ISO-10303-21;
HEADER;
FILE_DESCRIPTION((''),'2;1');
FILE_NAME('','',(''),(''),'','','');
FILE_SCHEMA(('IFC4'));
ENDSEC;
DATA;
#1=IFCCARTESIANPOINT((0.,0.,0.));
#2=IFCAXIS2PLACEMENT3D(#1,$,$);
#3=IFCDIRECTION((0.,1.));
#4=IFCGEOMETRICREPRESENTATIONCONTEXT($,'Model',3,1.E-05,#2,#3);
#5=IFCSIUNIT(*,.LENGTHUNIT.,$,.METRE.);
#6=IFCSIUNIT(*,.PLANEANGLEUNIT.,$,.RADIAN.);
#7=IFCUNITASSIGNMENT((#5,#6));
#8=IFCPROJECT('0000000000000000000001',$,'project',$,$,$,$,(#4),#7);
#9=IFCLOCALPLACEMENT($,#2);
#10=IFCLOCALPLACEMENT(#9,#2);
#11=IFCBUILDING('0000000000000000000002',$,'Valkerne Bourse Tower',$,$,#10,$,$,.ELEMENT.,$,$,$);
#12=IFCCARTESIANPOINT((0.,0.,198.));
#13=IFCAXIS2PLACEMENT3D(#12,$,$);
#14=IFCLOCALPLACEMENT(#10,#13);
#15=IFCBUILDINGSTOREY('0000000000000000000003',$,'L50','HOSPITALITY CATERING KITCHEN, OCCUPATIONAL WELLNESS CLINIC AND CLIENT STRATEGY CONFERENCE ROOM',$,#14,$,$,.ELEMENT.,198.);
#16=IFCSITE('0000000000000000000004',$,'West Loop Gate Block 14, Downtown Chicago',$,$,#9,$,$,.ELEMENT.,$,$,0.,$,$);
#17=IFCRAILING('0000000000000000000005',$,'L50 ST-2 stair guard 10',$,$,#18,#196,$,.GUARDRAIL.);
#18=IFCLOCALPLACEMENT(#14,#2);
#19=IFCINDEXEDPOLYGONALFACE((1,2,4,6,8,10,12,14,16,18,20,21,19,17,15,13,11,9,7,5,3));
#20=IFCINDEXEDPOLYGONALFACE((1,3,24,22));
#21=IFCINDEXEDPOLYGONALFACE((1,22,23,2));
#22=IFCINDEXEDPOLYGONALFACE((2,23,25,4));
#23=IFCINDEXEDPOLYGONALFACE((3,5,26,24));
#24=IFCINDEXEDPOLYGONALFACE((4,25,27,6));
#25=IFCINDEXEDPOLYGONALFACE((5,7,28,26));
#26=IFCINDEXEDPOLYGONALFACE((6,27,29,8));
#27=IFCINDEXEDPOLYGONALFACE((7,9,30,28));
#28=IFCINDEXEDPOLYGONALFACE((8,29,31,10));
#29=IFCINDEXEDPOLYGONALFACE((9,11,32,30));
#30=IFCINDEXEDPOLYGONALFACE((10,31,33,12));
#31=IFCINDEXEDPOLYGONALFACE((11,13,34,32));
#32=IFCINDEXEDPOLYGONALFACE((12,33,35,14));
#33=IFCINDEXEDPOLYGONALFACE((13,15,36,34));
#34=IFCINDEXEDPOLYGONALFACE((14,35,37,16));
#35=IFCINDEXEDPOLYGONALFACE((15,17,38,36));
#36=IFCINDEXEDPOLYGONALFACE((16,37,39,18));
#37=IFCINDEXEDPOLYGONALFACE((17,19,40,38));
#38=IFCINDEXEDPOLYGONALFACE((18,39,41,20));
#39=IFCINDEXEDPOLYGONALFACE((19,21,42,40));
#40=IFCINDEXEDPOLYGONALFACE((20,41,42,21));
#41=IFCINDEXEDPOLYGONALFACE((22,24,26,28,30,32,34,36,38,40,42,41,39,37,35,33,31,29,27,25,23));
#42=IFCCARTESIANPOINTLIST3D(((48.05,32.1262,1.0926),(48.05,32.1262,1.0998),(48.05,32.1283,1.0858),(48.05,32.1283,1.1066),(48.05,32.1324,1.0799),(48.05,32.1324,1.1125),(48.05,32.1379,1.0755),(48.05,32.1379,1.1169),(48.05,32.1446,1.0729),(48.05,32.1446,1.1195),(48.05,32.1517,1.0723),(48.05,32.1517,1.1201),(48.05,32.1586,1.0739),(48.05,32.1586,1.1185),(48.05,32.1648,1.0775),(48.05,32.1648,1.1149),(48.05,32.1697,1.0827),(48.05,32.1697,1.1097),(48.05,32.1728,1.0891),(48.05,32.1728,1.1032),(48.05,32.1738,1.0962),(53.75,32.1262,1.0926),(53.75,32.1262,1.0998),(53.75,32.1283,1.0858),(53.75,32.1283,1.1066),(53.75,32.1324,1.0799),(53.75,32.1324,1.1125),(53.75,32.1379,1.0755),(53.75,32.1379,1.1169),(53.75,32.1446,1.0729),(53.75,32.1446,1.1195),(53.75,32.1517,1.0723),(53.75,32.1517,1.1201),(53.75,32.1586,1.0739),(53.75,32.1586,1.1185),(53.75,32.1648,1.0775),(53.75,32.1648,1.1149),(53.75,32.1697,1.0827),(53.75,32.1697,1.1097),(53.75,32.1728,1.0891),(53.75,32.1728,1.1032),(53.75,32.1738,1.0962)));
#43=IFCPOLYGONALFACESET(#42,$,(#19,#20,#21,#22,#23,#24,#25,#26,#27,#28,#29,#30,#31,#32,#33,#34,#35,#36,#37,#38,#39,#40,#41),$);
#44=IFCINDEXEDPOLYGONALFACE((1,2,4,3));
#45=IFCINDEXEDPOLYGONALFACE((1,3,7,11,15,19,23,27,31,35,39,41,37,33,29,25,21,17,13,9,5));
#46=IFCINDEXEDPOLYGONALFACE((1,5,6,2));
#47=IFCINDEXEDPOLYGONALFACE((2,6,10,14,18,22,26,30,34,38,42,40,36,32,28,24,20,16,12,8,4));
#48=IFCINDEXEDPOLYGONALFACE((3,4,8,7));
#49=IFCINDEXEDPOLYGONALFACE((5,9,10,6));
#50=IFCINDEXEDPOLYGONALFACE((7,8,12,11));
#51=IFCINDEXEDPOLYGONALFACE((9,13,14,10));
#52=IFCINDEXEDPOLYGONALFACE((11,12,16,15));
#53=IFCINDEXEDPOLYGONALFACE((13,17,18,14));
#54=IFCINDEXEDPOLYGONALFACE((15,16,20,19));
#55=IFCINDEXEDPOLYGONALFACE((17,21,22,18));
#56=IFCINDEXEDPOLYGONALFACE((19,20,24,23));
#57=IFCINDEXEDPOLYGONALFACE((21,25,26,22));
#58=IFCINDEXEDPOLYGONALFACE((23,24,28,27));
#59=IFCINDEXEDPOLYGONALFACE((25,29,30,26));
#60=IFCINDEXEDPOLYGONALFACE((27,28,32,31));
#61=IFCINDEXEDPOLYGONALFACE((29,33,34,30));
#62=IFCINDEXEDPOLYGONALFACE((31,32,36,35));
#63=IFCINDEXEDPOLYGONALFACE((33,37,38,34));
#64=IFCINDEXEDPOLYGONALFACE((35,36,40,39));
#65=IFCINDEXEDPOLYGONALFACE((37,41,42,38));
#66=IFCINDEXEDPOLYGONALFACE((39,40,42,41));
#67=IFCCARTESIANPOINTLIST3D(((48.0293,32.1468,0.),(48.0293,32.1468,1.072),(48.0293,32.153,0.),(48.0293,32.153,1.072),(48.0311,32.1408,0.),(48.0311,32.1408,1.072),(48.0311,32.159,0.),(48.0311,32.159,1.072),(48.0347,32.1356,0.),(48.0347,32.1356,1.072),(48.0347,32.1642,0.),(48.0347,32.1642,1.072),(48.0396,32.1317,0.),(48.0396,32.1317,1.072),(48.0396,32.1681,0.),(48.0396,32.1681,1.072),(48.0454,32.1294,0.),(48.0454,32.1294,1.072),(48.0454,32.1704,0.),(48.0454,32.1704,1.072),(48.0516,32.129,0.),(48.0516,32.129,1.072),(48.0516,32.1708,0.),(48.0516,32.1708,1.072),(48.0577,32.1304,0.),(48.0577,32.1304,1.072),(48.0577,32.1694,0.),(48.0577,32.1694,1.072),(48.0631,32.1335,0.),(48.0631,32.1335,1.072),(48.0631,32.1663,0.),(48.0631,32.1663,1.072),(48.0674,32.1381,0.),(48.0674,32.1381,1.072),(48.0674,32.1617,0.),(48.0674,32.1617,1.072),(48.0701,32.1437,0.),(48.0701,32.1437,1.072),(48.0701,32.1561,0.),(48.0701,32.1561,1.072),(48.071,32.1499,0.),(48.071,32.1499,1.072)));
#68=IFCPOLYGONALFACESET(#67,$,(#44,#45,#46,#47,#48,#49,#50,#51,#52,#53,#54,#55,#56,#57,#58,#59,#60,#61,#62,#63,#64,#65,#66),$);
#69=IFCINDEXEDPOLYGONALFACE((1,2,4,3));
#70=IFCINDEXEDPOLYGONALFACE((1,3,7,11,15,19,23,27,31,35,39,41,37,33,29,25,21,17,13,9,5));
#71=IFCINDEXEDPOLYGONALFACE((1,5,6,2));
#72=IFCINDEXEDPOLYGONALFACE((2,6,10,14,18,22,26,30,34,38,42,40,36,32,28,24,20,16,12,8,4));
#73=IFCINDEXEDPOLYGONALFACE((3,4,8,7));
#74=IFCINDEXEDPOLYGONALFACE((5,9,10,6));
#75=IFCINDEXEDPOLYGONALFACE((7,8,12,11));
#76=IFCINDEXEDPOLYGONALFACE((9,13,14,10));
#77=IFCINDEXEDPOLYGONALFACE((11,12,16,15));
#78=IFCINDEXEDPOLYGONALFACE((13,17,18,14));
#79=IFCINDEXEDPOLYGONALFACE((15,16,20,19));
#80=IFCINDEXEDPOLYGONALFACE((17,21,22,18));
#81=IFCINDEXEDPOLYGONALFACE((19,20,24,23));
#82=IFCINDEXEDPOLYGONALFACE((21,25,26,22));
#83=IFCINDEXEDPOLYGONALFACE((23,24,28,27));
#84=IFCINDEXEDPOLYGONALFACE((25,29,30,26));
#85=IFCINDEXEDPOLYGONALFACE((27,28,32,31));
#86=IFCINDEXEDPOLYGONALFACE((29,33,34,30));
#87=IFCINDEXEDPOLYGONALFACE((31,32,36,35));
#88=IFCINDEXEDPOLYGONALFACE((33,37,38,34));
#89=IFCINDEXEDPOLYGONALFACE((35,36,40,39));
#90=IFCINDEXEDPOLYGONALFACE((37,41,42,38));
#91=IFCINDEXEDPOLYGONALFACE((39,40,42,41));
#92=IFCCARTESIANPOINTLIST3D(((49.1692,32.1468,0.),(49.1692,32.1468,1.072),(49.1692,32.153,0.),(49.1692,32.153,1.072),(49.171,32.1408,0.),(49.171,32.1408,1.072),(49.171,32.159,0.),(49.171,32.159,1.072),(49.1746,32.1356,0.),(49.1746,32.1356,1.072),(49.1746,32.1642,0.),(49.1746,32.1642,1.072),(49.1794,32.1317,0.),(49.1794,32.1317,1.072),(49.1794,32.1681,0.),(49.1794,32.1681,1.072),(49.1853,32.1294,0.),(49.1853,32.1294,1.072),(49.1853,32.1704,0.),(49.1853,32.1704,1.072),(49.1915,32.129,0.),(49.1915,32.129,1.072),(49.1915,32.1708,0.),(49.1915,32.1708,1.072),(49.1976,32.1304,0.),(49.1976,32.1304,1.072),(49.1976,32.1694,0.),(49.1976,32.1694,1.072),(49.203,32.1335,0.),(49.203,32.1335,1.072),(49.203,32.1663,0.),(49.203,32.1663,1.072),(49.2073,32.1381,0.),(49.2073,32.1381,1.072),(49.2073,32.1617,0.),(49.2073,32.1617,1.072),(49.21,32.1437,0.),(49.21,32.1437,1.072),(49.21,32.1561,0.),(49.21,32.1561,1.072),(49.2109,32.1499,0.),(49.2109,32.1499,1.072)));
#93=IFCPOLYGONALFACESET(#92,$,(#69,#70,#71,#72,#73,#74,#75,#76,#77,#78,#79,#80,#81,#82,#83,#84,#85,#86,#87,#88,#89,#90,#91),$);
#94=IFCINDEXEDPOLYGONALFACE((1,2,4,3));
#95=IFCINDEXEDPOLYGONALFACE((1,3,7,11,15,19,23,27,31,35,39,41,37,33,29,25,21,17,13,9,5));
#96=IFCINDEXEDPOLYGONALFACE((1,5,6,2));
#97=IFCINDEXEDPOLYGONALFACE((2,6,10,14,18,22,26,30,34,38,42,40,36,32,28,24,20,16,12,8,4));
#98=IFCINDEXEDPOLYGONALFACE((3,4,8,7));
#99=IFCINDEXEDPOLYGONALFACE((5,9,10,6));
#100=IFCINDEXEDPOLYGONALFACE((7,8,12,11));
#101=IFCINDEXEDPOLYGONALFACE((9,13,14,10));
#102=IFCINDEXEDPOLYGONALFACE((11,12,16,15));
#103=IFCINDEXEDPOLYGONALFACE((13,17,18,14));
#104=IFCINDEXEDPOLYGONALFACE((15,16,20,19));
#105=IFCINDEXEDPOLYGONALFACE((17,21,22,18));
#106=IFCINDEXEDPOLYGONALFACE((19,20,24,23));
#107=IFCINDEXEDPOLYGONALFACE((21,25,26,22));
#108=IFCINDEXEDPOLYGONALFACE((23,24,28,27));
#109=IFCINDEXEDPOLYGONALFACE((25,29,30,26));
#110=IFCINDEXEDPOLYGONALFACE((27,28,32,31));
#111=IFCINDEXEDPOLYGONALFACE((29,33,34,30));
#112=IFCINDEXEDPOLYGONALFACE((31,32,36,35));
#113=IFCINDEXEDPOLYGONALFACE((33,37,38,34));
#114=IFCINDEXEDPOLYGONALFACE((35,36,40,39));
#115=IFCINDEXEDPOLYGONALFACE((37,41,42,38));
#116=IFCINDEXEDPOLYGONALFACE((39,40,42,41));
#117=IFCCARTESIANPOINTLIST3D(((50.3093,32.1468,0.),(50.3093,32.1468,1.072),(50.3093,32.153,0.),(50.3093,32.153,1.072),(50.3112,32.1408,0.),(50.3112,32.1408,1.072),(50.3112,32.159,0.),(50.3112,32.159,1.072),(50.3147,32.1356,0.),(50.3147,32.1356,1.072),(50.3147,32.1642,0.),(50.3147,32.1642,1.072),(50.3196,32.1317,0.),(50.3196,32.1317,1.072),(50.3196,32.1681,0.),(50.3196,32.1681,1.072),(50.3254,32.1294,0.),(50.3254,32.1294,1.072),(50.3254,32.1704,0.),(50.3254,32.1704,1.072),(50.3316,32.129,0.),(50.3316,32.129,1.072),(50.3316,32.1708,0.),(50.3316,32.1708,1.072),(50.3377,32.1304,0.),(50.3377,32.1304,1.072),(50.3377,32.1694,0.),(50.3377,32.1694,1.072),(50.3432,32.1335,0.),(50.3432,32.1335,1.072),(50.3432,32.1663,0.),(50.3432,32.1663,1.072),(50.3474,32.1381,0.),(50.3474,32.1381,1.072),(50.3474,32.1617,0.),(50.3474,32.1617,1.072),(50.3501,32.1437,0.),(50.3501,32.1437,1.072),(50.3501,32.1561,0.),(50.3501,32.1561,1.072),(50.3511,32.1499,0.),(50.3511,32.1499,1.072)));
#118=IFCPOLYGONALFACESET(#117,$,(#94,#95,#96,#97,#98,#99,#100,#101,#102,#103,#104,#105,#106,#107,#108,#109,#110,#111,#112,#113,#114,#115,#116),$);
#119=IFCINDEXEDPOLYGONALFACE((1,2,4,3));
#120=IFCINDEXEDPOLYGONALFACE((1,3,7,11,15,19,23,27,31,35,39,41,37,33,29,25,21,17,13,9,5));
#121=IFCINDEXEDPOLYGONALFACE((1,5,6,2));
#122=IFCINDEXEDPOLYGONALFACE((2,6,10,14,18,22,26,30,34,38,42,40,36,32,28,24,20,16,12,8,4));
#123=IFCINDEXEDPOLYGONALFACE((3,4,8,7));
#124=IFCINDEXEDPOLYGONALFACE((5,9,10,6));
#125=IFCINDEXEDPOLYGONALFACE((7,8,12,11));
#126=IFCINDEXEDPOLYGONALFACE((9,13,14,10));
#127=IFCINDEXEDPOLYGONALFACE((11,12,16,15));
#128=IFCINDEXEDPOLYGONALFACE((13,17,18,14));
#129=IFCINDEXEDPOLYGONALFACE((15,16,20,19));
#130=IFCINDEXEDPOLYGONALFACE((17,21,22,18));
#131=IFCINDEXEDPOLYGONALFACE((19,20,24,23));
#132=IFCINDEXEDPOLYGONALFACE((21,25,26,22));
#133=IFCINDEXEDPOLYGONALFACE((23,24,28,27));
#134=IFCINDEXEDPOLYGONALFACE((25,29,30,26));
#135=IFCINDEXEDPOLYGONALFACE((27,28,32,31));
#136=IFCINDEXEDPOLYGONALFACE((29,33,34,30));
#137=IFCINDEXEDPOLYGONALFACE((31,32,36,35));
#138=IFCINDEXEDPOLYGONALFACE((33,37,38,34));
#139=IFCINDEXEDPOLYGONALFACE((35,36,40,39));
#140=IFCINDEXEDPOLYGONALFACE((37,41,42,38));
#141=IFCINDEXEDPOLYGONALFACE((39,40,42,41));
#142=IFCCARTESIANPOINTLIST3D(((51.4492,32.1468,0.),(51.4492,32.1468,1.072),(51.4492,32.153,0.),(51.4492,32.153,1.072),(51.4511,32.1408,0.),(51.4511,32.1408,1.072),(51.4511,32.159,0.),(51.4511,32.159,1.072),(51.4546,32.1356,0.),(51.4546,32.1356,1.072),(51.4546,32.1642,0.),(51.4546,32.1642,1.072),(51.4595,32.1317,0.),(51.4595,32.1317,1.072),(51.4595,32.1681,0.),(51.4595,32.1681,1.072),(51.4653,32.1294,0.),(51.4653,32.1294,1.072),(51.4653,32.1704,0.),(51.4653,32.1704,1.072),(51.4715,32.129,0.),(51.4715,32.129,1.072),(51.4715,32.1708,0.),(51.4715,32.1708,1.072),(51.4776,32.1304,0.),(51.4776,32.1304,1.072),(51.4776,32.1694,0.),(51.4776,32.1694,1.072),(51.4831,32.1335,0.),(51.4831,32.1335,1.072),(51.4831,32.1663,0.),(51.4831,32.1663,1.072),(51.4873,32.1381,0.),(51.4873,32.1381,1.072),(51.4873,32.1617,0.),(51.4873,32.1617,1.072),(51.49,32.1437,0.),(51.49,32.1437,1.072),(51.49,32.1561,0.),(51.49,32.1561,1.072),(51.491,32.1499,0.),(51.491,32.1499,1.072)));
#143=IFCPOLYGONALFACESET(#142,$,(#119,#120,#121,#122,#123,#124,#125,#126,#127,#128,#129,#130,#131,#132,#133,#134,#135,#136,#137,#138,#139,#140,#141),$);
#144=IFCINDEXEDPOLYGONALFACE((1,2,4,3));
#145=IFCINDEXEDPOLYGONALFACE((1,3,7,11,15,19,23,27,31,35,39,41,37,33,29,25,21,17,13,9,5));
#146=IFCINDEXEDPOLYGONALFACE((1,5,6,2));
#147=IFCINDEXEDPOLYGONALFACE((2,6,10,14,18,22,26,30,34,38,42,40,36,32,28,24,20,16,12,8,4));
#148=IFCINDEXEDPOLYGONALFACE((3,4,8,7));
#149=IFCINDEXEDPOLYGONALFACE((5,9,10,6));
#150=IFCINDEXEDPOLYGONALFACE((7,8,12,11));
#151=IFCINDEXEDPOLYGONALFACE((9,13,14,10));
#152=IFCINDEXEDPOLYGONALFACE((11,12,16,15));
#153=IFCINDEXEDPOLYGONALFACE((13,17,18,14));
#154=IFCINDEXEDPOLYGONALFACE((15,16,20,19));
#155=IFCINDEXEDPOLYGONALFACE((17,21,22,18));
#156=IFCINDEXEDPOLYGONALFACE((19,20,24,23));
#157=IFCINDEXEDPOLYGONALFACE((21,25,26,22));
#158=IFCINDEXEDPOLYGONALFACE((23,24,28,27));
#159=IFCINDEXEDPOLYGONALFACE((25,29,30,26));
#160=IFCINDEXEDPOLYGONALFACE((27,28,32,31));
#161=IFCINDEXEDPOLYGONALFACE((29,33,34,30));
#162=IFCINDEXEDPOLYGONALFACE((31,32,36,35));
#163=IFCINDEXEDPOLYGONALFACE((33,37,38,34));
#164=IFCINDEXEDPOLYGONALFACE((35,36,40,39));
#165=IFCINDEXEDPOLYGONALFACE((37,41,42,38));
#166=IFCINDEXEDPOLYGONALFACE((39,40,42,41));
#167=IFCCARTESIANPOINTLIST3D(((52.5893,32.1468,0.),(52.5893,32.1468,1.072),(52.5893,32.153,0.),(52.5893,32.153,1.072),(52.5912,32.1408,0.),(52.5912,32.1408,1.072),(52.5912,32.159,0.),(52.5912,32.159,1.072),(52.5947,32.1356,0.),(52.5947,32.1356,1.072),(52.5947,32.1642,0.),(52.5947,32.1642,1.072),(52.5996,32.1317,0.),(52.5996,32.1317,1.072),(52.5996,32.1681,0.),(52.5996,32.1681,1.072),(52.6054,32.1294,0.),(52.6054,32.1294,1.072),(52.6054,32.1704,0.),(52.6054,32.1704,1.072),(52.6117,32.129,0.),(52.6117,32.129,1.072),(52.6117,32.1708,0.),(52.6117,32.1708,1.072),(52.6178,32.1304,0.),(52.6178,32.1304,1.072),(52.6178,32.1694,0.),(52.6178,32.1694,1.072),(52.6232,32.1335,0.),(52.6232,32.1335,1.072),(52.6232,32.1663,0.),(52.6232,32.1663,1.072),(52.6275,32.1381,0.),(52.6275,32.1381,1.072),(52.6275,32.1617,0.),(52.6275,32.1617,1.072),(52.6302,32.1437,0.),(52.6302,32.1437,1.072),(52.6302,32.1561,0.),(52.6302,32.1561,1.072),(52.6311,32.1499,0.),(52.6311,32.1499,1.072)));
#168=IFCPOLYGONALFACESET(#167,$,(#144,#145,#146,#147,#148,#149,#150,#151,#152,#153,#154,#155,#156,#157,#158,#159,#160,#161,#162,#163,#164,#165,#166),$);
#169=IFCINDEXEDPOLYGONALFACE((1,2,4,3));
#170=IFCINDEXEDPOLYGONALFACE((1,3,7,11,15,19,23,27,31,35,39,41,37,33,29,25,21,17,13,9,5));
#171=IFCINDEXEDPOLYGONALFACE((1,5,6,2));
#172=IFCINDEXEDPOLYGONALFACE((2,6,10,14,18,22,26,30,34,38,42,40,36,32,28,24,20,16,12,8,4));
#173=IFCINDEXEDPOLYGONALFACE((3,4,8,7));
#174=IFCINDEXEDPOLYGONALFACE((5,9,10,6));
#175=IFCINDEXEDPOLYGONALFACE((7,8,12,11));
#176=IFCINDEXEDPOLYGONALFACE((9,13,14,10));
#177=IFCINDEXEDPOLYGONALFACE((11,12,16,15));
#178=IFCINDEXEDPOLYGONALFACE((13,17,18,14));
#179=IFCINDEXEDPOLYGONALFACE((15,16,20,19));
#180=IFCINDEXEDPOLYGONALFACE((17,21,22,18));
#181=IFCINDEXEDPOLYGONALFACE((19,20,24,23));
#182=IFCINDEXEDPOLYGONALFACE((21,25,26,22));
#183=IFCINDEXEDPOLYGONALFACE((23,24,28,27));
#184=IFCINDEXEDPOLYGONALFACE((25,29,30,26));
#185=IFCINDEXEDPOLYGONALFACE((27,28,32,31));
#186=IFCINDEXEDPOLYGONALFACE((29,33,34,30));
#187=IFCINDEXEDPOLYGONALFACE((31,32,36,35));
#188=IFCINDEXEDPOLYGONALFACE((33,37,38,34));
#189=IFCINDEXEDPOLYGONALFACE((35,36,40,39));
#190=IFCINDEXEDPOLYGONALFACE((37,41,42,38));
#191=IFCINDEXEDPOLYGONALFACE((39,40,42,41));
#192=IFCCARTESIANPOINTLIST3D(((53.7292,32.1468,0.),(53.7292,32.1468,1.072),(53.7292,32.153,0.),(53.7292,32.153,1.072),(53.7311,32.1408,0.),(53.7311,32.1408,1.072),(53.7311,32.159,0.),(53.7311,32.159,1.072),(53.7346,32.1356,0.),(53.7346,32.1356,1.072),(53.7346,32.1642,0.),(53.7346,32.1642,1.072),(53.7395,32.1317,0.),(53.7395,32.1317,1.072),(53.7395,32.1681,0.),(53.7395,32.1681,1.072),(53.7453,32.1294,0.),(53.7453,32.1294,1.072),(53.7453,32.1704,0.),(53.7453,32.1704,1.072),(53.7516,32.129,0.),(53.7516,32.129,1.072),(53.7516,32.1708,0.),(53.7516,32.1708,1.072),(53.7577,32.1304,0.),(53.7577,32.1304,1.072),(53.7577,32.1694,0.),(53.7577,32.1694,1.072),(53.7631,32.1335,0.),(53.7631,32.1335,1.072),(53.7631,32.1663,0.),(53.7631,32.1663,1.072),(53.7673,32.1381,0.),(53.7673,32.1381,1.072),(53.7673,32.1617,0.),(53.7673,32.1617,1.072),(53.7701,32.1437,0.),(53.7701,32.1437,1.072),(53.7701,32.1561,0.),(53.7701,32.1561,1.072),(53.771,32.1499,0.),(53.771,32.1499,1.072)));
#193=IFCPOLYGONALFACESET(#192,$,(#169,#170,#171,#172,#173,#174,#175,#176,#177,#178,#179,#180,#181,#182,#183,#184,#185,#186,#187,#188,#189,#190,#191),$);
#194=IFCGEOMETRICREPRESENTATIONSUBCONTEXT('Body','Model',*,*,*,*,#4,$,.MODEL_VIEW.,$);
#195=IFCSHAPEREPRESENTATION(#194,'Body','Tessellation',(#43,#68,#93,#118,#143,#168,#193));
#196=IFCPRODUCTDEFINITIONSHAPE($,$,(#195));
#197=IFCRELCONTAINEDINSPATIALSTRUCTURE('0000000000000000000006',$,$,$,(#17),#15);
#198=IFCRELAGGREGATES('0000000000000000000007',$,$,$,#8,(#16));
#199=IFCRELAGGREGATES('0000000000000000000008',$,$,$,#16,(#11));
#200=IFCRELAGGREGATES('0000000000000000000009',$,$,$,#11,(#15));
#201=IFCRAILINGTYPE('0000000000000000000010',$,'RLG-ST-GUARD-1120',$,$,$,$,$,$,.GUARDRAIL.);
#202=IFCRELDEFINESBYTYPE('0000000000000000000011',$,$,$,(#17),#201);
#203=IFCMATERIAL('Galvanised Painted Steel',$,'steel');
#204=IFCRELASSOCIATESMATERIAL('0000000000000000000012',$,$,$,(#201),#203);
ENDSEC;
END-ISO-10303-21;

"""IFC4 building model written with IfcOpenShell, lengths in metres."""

from ifc_helpers import new_model, si_unit, direction, frame, origin, origin_2d, place, context, subcontext, project, spatial, circle, extrude, material, type_object, element, save


model = new_model("IFC4")

# Units and contexts
model_context = context("Model", 3, precision=1e-05, world=origin(), true_north=direction((0.0, 1.0)))
body_context = subcontext(model_context, "Body", "Model", "MODEL_VIEW")
ifc_project = project(units=[si_unit("LENGTHUNIT", "METRE"), si_unit("PLANEANGLEUNIT", "RADIAN")], contexts=[model_context])

# Site, building, storey
site_placement = place(None, origin())
site = spatial("IfcSite", under=ifc_project, at=site_placement, Name="West Loop Gate Block 14, Downtown Chicago", CompositionType="ELEMENT", RefElevation=0.0)
building_placement = place(site_placement, origin())
building = spatial("IfcBuilding", under=site, at=building_placement, Name="Valkerne Bourse Tower", CompositionType="ELEMENT")
storey_placement = place(building_placement, frame((0.0, 0.0, 198.0)))
storey = spatial("IfcBuildingStorey", under=building, at=storey_placement, Name="L50", Description="HOSPITALITY CATERING KITCHEN, OCCUPATIONAL WELLNESS CLINIC AND CLIENT STRATEGY CONFERENCE ROOM", CompositionType="ELEMENT", Elevation=198.0)

# Shared definitions
ifc_material_1 = material(Name="Galvanised Painted Steel", Category="steel")

# Railing
railing_type_1 = type_object("IfcRailingType", Name="RLG-ST-GUARD-1120", PredefinedType="GUARDRAIL", material=ifc_material_1)
for number, where, name in (
    (1, (48.05, 32.1499, 0.0), "L50 ST-2 stair guard 10"),
):
    element("IfcRailing", number, at=place(storey_placement, frame(where)), inside=storey, type_object=railing_type_1, Name=name, PredefinedType="GUARDRAIL", context=body_context, shape_type="SweptSolid", body=[
        extrude(circle(Radius=0.0239, at=origin_2d()), frame((0.0, 0.0, 1.0962), z_axis=(1.0, 0.0, 0.0), x_axis=(0.0, 1.0, 0.0)), (0.0, 0.0, 1.0), 5.7),
        extrude(circle(Radius=0.021, at=origin_2d()), origin(), (0.0, 0.0, 1.0), 1.072),
        extrude(circle(Radius=0.021, at=origin_2d()), frame((1.1399, 0.0, 0.0)), (0.0, 0.0, 1.0), 1.072),
        extrude(circle(Radius=0.021, at=origin_2d()), frame((2.28, 0.0, 0.0)), (0.0, 0.0, 1.0), 1.072),
        extrude(circle(Radius=0.021, at=origin_2d()), frame((3.4199, 0.0, 0.0)), (0.0, 0.0, 1.0), 1.072),
        extrude(circle(Radius=0.021, at=origin_2d()), frame((4.5601, 0.0, 0.0)), (0.0, 0.0, 1.0), 1.072),
        extrude(circle(Radius=0.021, at=origin_2d()), frame((5.7, 0.0, 0.0)), (0.0, 0.0, 1.0), 1.072),
    ])

save(model, "model.ifc")
